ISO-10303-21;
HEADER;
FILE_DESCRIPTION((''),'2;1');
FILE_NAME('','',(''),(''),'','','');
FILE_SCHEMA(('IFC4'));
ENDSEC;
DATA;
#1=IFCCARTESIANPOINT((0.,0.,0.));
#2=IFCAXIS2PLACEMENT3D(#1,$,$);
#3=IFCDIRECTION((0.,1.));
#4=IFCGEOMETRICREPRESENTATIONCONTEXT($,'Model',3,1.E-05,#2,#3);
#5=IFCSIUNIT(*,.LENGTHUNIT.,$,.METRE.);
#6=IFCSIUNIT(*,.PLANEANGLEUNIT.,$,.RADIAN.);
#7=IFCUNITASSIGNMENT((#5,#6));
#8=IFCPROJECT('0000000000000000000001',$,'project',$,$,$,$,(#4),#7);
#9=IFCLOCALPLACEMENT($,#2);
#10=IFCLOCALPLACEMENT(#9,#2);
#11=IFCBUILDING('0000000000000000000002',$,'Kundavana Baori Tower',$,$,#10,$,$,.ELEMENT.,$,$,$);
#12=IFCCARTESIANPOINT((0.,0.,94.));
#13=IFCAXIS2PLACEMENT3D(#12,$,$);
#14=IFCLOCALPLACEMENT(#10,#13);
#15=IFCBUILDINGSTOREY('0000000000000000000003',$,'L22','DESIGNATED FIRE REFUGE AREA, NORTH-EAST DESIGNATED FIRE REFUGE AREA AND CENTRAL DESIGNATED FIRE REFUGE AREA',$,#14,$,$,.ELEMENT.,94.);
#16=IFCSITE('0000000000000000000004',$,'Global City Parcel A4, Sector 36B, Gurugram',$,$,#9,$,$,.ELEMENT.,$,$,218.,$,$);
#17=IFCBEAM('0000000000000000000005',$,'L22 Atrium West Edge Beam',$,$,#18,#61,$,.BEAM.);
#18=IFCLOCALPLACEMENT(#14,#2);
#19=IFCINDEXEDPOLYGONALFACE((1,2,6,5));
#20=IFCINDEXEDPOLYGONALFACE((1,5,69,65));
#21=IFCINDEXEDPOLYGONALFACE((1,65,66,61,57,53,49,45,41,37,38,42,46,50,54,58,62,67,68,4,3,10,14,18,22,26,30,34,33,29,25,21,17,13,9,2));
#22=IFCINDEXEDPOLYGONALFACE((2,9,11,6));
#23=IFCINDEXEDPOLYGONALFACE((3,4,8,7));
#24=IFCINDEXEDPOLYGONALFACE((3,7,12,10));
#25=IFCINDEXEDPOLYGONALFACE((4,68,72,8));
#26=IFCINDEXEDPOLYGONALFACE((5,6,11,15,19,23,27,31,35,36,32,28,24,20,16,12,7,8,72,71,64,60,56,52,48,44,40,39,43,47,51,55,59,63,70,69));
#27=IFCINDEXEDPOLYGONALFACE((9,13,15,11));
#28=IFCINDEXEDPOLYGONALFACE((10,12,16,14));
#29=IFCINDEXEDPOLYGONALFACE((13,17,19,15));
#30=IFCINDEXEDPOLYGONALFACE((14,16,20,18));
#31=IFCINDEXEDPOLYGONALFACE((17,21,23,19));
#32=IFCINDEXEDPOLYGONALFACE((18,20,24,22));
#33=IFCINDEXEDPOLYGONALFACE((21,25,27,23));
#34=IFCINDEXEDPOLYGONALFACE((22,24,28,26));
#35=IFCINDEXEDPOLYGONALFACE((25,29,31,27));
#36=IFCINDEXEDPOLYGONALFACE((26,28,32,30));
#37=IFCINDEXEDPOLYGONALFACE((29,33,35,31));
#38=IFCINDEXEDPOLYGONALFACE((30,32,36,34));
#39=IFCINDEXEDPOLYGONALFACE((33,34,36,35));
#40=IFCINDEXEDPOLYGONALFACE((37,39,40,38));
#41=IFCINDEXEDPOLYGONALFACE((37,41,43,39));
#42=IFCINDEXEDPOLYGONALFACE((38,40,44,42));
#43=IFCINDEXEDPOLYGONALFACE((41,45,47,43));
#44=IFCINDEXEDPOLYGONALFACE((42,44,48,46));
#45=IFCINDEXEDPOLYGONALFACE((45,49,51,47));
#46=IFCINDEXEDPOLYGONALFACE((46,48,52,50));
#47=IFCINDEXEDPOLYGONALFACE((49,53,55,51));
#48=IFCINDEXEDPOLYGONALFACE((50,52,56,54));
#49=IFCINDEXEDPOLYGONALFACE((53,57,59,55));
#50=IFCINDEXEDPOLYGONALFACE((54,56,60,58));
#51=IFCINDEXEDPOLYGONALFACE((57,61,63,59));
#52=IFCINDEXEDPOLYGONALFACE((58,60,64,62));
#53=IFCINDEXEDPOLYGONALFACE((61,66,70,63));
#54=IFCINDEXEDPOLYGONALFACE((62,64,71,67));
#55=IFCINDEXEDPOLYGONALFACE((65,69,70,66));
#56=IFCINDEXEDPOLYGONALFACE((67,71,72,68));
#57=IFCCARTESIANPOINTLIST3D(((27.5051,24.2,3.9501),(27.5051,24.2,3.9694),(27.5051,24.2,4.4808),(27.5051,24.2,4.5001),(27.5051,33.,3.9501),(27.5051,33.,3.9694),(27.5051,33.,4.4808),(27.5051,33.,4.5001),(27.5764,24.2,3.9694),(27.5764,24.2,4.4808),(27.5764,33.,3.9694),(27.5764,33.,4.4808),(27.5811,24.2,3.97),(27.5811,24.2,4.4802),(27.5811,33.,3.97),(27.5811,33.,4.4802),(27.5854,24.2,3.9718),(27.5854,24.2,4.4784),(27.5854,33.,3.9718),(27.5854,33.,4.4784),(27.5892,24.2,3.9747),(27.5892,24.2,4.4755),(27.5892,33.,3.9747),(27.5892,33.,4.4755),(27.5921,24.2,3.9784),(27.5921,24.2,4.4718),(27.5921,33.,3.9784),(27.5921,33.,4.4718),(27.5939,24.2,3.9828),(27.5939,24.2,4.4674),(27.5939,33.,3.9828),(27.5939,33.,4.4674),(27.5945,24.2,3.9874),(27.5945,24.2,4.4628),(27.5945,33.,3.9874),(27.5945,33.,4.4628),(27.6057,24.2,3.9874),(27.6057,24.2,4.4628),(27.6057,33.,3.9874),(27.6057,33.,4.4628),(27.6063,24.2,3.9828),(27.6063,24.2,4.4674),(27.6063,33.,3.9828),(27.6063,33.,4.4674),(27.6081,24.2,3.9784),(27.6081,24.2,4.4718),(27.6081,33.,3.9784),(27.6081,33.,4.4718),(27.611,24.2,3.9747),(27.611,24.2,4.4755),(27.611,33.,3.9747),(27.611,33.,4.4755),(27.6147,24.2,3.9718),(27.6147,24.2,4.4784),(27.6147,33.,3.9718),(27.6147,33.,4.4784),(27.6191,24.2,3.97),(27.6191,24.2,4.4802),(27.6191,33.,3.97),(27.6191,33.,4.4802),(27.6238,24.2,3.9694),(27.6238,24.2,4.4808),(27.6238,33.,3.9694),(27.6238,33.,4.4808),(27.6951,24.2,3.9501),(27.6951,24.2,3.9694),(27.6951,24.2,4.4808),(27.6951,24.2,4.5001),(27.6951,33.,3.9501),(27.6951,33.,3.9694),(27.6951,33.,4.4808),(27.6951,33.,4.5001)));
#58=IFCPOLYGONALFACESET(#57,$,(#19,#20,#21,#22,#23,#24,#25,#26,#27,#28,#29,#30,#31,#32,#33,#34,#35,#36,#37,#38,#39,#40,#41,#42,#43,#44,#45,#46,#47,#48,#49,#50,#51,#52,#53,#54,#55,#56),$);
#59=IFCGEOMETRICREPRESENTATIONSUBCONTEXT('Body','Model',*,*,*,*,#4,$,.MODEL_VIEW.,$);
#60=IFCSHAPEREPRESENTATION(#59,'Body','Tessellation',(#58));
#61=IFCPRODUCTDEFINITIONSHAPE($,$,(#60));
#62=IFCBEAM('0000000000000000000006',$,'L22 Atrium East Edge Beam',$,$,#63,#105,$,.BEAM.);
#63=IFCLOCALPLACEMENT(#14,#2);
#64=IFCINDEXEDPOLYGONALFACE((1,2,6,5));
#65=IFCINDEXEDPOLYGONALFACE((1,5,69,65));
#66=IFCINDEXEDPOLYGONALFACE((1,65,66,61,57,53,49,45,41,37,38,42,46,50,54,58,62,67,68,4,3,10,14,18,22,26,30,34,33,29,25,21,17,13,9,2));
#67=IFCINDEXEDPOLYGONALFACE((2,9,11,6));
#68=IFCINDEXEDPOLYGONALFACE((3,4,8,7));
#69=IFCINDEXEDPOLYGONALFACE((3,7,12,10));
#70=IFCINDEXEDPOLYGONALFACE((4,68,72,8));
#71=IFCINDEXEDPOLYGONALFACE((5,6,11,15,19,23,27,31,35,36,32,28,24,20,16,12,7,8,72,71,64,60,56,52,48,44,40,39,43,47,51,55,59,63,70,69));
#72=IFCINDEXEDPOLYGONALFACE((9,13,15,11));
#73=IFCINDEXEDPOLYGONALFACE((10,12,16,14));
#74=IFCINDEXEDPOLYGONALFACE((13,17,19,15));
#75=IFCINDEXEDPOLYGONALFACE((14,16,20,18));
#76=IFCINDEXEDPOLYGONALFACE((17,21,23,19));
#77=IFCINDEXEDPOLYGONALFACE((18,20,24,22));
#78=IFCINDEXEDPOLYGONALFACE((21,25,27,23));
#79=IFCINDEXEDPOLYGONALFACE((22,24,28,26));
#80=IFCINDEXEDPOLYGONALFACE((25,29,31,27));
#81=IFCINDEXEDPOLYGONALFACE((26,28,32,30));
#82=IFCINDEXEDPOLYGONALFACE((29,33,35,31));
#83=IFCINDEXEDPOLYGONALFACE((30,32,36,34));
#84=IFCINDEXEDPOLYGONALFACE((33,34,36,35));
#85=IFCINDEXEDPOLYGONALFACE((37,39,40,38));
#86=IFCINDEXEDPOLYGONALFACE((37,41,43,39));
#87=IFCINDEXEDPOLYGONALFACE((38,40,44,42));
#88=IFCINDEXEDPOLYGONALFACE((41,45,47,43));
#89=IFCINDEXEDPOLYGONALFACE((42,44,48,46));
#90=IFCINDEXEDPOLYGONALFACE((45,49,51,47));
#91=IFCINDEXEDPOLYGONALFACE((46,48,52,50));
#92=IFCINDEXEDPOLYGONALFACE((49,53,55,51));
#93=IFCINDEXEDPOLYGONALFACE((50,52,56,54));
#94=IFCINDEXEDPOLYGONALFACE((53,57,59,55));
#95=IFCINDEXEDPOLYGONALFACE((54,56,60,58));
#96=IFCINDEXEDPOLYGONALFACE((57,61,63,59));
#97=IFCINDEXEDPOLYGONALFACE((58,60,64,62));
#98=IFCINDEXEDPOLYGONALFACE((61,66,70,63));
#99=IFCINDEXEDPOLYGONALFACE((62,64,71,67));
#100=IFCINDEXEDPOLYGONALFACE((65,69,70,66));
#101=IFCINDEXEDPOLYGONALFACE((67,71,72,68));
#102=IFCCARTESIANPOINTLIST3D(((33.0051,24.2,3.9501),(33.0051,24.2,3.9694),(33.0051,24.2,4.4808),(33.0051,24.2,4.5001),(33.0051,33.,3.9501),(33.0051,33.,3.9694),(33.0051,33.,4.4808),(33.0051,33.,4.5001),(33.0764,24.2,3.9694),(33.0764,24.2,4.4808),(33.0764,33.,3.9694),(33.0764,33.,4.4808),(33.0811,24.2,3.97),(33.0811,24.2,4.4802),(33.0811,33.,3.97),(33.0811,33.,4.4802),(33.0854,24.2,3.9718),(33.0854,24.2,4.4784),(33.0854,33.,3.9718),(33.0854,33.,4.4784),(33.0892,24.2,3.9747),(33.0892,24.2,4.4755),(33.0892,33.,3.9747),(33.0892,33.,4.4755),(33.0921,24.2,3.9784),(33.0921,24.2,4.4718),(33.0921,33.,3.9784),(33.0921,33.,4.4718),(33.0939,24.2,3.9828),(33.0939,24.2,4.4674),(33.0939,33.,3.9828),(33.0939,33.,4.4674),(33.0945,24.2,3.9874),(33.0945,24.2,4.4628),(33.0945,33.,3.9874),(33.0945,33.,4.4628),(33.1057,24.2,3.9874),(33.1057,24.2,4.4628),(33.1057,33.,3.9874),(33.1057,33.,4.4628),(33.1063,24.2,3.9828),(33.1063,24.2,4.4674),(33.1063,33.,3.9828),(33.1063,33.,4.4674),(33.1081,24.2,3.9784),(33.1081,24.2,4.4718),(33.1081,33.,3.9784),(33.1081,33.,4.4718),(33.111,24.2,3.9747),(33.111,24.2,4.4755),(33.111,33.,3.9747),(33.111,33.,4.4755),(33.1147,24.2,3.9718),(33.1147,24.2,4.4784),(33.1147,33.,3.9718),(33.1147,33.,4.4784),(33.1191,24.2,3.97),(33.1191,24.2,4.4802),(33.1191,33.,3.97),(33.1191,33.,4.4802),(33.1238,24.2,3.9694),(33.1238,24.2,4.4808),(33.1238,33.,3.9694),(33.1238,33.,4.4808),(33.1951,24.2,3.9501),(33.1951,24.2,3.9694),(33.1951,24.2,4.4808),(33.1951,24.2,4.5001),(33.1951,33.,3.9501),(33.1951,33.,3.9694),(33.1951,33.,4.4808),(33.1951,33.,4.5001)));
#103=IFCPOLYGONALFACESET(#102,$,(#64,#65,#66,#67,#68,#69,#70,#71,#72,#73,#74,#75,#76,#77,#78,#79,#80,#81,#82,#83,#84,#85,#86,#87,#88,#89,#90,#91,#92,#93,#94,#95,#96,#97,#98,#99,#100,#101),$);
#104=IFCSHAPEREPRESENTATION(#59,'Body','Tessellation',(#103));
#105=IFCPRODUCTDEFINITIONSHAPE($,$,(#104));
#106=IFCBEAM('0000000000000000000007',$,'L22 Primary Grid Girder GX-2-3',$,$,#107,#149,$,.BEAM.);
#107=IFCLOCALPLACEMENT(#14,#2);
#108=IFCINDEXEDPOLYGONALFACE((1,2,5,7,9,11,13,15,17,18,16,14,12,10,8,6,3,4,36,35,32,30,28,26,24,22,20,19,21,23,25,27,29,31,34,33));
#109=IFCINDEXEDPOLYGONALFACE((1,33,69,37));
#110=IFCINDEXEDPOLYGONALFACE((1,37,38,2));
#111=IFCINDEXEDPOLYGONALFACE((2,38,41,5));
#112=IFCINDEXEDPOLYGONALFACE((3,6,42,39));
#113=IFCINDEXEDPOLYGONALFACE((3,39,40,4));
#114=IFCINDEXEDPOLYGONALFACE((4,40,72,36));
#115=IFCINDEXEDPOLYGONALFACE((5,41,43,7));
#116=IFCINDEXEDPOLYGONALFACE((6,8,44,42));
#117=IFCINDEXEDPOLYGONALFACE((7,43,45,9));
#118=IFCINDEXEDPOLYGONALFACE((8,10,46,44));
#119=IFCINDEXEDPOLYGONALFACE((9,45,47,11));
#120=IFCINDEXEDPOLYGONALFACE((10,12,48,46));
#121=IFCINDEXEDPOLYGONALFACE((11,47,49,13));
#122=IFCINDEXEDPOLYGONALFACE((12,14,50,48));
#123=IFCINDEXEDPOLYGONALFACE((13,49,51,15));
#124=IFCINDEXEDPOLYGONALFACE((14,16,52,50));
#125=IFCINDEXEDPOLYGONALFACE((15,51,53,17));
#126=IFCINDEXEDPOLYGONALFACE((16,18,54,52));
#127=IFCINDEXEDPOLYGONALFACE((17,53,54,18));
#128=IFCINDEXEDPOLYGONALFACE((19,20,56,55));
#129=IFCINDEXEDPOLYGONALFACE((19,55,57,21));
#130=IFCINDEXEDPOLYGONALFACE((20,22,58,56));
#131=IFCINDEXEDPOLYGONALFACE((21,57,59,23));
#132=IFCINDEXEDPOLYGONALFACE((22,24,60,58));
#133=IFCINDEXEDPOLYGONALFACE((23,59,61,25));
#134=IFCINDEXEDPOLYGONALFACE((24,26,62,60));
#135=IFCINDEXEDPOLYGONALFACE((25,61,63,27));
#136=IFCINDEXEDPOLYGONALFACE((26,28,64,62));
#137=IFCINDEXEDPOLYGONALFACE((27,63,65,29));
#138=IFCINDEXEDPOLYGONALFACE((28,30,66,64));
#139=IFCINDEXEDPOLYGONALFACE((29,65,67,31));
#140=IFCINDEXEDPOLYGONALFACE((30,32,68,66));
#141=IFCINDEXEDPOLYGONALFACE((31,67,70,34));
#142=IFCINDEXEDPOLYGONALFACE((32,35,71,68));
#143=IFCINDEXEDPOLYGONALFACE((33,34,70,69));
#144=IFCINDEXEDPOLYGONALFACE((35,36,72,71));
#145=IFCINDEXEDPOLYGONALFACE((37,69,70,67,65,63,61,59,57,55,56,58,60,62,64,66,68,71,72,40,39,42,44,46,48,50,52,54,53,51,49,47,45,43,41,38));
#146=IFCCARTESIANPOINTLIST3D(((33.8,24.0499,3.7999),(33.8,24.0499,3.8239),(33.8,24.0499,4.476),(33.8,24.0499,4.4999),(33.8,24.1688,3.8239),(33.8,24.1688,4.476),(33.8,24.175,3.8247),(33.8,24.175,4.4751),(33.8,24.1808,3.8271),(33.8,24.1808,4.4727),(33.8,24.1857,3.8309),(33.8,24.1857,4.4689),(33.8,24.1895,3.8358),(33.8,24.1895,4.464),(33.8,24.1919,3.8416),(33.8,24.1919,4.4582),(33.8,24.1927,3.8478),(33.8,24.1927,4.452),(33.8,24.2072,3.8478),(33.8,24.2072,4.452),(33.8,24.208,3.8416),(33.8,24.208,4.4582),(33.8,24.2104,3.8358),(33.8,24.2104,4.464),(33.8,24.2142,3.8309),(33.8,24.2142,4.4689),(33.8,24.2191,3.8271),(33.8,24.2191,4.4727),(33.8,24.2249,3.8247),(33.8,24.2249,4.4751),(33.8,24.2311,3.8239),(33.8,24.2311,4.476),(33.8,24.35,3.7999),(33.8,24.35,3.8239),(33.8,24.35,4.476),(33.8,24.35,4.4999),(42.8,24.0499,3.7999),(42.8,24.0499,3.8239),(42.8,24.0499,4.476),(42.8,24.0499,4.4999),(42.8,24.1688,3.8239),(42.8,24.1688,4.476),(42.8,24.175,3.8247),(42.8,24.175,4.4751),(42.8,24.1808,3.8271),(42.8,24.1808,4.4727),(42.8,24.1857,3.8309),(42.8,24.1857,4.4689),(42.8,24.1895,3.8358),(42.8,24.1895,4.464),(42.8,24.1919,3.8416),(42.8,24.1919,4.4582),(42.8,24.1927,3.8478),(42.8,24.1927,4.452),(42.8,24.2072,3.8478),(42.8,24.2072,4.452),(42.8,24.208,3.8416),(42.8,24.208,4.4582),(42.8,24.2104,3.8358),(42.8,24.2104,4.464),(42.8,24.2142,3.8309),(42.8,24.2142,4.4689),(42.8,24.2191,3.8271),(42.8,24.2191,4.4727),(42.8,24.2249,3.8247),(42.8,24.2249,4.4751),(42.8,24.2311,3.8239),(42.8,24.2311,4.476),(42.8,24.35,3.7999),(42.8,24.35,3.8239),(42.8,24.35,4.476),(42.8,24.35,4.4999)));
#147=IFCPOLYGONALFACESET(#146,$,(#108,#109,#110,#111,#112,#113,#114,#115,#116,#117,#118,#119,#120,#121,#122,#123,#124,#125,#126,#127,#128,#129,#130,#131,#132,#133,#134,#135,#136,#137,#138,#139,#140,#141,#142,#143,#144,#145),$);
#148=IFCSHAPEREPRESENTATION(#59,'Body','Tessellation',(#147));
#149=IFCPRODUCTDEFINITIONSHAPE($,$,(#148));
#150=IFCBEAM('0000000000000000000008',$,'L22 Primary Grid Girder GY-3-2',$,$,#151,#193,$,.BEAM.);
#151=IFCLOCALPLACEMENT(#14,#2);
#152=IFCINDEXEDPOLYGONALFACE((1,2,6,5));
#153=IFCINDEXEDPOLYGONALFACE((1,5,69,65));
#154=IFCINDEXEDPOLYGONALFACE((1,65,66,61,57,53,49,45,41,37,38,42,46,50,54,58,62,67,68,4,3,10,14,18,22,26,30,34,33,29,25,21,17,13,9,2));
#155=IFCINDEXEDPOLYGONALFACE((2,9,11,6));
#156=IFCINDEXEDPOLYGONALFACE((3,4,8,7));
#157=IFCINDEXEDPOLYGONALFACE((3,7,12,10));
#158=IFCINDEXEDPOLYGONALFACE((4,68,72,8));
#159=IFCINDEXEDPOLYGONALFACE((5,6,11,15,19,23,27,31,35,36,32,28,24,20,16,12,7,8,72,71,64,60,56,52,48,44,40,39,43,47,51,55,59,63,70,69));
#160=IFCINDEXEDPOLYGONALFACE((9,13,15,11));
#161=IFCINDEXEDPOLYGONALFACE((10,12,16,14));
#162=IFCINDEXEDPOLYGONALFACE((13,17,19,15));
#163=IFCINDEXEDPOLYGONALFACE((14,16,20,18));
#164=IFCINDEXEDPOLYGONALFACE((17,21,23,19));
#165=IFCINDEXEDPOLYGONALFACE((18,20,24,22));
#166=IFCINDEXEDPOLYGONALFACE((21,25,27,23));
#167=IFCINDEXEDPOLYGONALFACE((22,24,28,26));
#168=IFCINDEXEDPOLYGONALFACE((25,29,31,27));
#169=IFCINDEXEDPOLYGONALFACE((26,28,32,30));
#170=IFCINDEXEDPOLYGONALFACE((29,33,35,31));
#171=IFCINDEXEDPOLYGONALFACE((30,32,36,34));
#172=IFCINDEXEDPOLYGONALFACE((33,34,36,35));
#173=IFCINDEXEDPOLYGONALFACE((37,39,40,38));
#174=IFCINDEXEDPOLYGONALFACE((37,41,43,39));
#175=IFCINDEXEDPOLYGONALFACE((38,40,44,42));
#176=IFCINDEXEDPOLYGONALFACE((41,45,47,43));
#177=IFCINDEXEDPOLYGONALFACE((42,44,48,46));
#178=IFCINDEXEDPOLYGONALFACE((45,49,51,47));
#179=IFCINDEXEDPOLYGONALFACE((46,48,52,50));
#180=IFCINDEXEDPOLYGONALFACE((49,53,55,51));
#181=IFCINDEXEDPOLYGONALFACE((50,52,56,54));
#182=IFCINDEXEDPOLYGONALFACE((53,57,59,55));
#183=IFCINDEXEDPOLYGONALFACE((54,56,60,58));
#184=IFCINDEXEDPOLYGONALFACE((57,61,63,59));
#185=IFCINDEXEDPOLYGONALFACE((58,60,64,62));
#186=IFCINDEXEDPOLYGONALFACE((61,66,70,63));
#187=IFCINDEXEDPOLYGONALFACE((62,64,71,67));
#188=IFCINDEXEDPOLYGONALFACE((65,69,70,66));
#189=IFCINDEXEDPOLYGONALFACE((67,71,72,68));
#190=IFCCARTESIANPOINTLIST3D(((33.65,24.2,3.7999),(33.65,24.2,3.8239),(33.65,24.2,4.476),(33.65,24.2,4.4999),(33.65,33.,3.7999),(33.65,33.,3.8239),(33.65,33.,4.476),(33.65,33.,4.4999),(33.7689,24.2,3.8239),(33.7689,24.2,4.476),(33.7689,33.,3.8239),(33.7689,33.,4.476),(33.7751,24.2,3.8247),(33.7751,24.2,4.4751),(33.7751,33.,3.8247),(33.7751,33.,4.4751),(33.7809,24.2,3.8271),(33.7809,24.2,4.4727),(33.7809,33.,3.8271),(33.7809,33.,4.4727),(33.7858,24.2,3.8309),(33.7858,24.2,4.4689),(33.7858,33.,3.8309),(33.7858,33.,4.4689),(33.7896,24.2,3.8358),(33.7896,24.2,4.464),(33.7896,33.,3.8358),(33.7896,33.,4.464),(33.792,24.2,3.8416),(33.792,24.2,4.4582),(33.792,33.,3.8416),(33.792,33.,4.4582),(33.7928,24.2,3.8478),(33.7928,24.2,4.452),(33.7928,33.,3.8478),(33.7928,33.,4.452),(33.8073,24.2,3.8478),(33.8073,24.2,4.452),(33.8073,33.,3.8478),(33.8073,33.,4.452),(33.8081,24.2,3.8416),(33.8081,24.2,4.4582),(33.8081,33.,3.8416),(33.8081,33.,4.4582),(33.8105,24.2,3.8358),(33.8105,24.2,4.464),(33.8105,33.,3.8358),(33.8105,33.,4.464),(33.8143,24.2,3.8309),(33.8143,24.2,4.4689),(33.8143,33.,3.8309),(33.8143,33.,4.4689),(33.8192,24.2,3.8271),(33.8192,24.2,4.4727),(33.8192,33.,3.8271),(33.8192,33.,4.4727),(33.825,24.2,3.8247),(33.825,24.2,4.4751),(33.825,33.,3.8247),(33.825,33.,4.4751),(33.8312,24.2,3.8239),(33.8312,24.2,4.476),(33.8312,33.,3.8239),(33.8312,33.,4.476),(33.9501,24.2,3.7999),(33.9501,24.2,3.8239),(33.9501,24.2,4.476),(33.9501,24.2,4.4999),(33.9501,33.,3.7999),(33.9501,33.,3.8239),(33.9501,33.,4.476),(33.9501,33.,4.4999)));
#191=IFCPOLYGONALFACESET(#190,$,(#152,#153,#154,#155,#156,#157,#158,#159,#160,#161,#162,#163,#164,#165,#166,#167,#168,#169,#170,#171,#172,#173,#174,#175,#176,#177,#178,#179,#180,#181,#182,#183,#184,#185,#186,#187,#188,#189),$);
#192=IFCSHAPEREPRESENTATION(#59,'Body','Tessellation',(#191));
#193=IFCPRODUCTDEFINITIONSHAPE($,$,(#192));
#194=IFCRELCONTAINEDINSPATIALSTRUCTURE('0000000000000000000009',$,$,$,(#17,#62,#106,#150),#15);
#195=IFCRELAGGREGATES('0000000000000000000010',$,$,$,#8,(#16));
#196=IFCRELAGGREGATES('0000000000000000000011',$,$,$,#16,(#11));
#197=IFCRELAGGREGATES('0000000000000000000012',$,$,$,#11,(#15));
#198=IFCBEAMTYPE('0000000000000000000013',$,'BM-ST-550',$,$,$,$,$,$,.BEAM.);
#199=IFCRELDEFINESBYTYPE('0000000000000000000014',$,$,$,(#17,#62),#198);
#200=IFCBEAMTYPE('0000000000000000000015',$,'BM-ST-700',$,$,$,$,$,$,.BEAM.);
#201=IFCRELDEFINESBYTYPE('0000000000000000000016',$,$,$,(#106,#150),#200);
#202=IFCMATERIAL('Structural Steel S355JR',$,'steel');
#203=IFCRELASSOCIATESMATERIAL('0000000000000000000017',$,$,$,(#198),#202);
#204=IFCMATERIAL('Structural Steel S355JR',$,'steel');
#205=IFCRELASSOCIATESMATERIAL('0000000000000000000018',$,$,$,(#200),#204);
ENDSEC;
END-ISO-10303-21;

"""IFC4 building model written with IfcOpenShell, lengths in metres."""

from ifc_helpers import new_model, si_unit, direction, frame, origin, origin_2d, place, context, subcontext, project, spatial, i_section, extrude, material, material_profile, profile_set, type_object, element, save


model = new_model("IFC4")

# Units and contexts
model_context = context("Model", 3, precision=1e-05, world=origin(), true_north=direction((0.0, 1.0)))
body_context = subcontext(model_context, "Body", "Model", "MODEL_VIEW")
ifc_project = project(units=[si_unit("LENGTHUNIT", "METRE"), si_unit("PLANEANGLEUNIT", "RADIAN")], contexts=[model_context])

# Site, building, storey
site_placement = place(None, origin())
site = spatial("IfcSite", under=ifc_project, at=site_placement, Name="Global City Parcel A4, Sector 36B, Gurugram", CompositionType="ELEMENT", RefElevation=218.0)
building_placement = place(site_placement, origin())
building = spatial("IfcBuilding", under=site, at=building_placement, Name="Kundavana Baori Tower", CompositionType="ELEMENT")
storey_placement = place(building_placement, frame((0.0, 0.0, 94.0)))
storey = spatial("IfcBuildingStorey", under=building, at=storey_placement, Name="L22", Description="DESIGNATED FIRE REFUGE AREA, NORTH-EAST DESIGNATED FIRE REFUGE AREA AND CENTRAL DESIGNATED FIRE REFUGE AREA", CompositionType="ELEMENT", Elevation=94.0)

# Beams
ifc_material_1 = material(Name="Structural Steel S355JR", Category="steel")
ifc_material_profile_1 = material_profile(ifc_material_1, i_section(OverallWidth=0.1899, OverallDepth=0.55, WebThickness=0.0112, FlangeThickness=0.0193, FilletRadius=0.0181, at=origin_2d()), Name="ISMB 550")
ifc_profile_set_1 = profile_set([ifc_material_profile_1], Name="Structural Steel S355JR")
beam_type_1 = type_object("IfcBeamType", Name="BM-ST-550", PredefinedType="BEAM", material=ifc_profile_set_1)
for number, where, z_axis, x_axis, name in (
    (1, (27.6001, 24.2, 4.2251), (0.0, 1.0, 0.0), (-1.0, 0.0, 0.0), "L22 Atrium West Edge Beam"),
    (2, (33.1001, 24.2, 4.2251), (0.0, 1.0, 0.0), (-1.0, 0.0, 0.0), "L22 Atrium East Edge Beam"),
):
    element("IfcBeam", number, at=place(storey_placement, frame(where, z_axis=z_axis, x_axis=x_axis)), inside=storey, type_object=beam_type_1, Name=name, PredefinedType="BEAM", context=body_context, shape_type="SweptSolid", body=[
        extrude(i_section(OverallWidth=0.1899, OverallDepth=0.55, WebThickness=0.0112, FlangeThickness=0.0193, FilletRadius=0.0181, at=origin_2d()), origin(), (0.0, 0.0, 1.0), 8.8),
    ])
ifc_material_2 = material(Name="Structural Steel S355JR", Category="steel")
ifc_material_profile_2 = material_profile(ifc_material_2, i_section(OverallWidth=0.3, OverallDepth=0.7, WebThickness=0.0144, FlangeThickness=0.0239, FilletRadius=0.0239, at=origin_2d()), Name="NPB 700x300x170")
ifc_profile_set_2 = profile_set([ifc_material_profile_2], Name="Structural Steel S355JR")
beam_type_2 = type_object("IfcBeamType", Name="BM-ST-700", PredefinedType="BEAM", material=ifc_profile_set_2)
beam_1_placement = place(storey_placement, frame((33.8, 24.2, 4.1499), z_axis=(1.0, 0.0, 0.0), x_axis=(0.0, 1.0, 0.0)))
element("IfcBeam", 3, at=beam_1_placement, inside=storey, type_object=beam_type_2, Name="L22 Primary Grid Girder GX-2-3", PredefinedType="BEAM", context=body_context, shape_type="SweptSolid", body=[
    extrude(i_section(OverallWidth=0.3, OverallDepth=0.7, WebThickness=0.0144, FlangeThickness=0.0239, FilletRadius=0.0239, at=origin_2d()), origin(), (0.0, 0.0, 1.0), 9.0),
])
beam_2_placement = place(storey_placement, frame((33.8, 24.2, 4.1499), z_axis=(0.0, 1.0, 0.0), x_axis=(-1.0, 0.0, 0.0)))
element("IfcBeam", 4, at=beam_2_placement, inside=storey, type_object=beam_type_2, Name="L22 Primary Grid Girder GY-3-2", PredefinedType="BEAM", context=body_context, shape_type="SweptSolid", body=[
    extrude(i_section(OverallWidth=0.3, OverallDepth=0.7, WebThickness=0.0144, FlangeThickness=0.0239, FilletRadius=0.0239, at=origin_2d()), origin(), (0.0, 0.0, 1.0), 8.8),
])

save(model, "model.ifc")
